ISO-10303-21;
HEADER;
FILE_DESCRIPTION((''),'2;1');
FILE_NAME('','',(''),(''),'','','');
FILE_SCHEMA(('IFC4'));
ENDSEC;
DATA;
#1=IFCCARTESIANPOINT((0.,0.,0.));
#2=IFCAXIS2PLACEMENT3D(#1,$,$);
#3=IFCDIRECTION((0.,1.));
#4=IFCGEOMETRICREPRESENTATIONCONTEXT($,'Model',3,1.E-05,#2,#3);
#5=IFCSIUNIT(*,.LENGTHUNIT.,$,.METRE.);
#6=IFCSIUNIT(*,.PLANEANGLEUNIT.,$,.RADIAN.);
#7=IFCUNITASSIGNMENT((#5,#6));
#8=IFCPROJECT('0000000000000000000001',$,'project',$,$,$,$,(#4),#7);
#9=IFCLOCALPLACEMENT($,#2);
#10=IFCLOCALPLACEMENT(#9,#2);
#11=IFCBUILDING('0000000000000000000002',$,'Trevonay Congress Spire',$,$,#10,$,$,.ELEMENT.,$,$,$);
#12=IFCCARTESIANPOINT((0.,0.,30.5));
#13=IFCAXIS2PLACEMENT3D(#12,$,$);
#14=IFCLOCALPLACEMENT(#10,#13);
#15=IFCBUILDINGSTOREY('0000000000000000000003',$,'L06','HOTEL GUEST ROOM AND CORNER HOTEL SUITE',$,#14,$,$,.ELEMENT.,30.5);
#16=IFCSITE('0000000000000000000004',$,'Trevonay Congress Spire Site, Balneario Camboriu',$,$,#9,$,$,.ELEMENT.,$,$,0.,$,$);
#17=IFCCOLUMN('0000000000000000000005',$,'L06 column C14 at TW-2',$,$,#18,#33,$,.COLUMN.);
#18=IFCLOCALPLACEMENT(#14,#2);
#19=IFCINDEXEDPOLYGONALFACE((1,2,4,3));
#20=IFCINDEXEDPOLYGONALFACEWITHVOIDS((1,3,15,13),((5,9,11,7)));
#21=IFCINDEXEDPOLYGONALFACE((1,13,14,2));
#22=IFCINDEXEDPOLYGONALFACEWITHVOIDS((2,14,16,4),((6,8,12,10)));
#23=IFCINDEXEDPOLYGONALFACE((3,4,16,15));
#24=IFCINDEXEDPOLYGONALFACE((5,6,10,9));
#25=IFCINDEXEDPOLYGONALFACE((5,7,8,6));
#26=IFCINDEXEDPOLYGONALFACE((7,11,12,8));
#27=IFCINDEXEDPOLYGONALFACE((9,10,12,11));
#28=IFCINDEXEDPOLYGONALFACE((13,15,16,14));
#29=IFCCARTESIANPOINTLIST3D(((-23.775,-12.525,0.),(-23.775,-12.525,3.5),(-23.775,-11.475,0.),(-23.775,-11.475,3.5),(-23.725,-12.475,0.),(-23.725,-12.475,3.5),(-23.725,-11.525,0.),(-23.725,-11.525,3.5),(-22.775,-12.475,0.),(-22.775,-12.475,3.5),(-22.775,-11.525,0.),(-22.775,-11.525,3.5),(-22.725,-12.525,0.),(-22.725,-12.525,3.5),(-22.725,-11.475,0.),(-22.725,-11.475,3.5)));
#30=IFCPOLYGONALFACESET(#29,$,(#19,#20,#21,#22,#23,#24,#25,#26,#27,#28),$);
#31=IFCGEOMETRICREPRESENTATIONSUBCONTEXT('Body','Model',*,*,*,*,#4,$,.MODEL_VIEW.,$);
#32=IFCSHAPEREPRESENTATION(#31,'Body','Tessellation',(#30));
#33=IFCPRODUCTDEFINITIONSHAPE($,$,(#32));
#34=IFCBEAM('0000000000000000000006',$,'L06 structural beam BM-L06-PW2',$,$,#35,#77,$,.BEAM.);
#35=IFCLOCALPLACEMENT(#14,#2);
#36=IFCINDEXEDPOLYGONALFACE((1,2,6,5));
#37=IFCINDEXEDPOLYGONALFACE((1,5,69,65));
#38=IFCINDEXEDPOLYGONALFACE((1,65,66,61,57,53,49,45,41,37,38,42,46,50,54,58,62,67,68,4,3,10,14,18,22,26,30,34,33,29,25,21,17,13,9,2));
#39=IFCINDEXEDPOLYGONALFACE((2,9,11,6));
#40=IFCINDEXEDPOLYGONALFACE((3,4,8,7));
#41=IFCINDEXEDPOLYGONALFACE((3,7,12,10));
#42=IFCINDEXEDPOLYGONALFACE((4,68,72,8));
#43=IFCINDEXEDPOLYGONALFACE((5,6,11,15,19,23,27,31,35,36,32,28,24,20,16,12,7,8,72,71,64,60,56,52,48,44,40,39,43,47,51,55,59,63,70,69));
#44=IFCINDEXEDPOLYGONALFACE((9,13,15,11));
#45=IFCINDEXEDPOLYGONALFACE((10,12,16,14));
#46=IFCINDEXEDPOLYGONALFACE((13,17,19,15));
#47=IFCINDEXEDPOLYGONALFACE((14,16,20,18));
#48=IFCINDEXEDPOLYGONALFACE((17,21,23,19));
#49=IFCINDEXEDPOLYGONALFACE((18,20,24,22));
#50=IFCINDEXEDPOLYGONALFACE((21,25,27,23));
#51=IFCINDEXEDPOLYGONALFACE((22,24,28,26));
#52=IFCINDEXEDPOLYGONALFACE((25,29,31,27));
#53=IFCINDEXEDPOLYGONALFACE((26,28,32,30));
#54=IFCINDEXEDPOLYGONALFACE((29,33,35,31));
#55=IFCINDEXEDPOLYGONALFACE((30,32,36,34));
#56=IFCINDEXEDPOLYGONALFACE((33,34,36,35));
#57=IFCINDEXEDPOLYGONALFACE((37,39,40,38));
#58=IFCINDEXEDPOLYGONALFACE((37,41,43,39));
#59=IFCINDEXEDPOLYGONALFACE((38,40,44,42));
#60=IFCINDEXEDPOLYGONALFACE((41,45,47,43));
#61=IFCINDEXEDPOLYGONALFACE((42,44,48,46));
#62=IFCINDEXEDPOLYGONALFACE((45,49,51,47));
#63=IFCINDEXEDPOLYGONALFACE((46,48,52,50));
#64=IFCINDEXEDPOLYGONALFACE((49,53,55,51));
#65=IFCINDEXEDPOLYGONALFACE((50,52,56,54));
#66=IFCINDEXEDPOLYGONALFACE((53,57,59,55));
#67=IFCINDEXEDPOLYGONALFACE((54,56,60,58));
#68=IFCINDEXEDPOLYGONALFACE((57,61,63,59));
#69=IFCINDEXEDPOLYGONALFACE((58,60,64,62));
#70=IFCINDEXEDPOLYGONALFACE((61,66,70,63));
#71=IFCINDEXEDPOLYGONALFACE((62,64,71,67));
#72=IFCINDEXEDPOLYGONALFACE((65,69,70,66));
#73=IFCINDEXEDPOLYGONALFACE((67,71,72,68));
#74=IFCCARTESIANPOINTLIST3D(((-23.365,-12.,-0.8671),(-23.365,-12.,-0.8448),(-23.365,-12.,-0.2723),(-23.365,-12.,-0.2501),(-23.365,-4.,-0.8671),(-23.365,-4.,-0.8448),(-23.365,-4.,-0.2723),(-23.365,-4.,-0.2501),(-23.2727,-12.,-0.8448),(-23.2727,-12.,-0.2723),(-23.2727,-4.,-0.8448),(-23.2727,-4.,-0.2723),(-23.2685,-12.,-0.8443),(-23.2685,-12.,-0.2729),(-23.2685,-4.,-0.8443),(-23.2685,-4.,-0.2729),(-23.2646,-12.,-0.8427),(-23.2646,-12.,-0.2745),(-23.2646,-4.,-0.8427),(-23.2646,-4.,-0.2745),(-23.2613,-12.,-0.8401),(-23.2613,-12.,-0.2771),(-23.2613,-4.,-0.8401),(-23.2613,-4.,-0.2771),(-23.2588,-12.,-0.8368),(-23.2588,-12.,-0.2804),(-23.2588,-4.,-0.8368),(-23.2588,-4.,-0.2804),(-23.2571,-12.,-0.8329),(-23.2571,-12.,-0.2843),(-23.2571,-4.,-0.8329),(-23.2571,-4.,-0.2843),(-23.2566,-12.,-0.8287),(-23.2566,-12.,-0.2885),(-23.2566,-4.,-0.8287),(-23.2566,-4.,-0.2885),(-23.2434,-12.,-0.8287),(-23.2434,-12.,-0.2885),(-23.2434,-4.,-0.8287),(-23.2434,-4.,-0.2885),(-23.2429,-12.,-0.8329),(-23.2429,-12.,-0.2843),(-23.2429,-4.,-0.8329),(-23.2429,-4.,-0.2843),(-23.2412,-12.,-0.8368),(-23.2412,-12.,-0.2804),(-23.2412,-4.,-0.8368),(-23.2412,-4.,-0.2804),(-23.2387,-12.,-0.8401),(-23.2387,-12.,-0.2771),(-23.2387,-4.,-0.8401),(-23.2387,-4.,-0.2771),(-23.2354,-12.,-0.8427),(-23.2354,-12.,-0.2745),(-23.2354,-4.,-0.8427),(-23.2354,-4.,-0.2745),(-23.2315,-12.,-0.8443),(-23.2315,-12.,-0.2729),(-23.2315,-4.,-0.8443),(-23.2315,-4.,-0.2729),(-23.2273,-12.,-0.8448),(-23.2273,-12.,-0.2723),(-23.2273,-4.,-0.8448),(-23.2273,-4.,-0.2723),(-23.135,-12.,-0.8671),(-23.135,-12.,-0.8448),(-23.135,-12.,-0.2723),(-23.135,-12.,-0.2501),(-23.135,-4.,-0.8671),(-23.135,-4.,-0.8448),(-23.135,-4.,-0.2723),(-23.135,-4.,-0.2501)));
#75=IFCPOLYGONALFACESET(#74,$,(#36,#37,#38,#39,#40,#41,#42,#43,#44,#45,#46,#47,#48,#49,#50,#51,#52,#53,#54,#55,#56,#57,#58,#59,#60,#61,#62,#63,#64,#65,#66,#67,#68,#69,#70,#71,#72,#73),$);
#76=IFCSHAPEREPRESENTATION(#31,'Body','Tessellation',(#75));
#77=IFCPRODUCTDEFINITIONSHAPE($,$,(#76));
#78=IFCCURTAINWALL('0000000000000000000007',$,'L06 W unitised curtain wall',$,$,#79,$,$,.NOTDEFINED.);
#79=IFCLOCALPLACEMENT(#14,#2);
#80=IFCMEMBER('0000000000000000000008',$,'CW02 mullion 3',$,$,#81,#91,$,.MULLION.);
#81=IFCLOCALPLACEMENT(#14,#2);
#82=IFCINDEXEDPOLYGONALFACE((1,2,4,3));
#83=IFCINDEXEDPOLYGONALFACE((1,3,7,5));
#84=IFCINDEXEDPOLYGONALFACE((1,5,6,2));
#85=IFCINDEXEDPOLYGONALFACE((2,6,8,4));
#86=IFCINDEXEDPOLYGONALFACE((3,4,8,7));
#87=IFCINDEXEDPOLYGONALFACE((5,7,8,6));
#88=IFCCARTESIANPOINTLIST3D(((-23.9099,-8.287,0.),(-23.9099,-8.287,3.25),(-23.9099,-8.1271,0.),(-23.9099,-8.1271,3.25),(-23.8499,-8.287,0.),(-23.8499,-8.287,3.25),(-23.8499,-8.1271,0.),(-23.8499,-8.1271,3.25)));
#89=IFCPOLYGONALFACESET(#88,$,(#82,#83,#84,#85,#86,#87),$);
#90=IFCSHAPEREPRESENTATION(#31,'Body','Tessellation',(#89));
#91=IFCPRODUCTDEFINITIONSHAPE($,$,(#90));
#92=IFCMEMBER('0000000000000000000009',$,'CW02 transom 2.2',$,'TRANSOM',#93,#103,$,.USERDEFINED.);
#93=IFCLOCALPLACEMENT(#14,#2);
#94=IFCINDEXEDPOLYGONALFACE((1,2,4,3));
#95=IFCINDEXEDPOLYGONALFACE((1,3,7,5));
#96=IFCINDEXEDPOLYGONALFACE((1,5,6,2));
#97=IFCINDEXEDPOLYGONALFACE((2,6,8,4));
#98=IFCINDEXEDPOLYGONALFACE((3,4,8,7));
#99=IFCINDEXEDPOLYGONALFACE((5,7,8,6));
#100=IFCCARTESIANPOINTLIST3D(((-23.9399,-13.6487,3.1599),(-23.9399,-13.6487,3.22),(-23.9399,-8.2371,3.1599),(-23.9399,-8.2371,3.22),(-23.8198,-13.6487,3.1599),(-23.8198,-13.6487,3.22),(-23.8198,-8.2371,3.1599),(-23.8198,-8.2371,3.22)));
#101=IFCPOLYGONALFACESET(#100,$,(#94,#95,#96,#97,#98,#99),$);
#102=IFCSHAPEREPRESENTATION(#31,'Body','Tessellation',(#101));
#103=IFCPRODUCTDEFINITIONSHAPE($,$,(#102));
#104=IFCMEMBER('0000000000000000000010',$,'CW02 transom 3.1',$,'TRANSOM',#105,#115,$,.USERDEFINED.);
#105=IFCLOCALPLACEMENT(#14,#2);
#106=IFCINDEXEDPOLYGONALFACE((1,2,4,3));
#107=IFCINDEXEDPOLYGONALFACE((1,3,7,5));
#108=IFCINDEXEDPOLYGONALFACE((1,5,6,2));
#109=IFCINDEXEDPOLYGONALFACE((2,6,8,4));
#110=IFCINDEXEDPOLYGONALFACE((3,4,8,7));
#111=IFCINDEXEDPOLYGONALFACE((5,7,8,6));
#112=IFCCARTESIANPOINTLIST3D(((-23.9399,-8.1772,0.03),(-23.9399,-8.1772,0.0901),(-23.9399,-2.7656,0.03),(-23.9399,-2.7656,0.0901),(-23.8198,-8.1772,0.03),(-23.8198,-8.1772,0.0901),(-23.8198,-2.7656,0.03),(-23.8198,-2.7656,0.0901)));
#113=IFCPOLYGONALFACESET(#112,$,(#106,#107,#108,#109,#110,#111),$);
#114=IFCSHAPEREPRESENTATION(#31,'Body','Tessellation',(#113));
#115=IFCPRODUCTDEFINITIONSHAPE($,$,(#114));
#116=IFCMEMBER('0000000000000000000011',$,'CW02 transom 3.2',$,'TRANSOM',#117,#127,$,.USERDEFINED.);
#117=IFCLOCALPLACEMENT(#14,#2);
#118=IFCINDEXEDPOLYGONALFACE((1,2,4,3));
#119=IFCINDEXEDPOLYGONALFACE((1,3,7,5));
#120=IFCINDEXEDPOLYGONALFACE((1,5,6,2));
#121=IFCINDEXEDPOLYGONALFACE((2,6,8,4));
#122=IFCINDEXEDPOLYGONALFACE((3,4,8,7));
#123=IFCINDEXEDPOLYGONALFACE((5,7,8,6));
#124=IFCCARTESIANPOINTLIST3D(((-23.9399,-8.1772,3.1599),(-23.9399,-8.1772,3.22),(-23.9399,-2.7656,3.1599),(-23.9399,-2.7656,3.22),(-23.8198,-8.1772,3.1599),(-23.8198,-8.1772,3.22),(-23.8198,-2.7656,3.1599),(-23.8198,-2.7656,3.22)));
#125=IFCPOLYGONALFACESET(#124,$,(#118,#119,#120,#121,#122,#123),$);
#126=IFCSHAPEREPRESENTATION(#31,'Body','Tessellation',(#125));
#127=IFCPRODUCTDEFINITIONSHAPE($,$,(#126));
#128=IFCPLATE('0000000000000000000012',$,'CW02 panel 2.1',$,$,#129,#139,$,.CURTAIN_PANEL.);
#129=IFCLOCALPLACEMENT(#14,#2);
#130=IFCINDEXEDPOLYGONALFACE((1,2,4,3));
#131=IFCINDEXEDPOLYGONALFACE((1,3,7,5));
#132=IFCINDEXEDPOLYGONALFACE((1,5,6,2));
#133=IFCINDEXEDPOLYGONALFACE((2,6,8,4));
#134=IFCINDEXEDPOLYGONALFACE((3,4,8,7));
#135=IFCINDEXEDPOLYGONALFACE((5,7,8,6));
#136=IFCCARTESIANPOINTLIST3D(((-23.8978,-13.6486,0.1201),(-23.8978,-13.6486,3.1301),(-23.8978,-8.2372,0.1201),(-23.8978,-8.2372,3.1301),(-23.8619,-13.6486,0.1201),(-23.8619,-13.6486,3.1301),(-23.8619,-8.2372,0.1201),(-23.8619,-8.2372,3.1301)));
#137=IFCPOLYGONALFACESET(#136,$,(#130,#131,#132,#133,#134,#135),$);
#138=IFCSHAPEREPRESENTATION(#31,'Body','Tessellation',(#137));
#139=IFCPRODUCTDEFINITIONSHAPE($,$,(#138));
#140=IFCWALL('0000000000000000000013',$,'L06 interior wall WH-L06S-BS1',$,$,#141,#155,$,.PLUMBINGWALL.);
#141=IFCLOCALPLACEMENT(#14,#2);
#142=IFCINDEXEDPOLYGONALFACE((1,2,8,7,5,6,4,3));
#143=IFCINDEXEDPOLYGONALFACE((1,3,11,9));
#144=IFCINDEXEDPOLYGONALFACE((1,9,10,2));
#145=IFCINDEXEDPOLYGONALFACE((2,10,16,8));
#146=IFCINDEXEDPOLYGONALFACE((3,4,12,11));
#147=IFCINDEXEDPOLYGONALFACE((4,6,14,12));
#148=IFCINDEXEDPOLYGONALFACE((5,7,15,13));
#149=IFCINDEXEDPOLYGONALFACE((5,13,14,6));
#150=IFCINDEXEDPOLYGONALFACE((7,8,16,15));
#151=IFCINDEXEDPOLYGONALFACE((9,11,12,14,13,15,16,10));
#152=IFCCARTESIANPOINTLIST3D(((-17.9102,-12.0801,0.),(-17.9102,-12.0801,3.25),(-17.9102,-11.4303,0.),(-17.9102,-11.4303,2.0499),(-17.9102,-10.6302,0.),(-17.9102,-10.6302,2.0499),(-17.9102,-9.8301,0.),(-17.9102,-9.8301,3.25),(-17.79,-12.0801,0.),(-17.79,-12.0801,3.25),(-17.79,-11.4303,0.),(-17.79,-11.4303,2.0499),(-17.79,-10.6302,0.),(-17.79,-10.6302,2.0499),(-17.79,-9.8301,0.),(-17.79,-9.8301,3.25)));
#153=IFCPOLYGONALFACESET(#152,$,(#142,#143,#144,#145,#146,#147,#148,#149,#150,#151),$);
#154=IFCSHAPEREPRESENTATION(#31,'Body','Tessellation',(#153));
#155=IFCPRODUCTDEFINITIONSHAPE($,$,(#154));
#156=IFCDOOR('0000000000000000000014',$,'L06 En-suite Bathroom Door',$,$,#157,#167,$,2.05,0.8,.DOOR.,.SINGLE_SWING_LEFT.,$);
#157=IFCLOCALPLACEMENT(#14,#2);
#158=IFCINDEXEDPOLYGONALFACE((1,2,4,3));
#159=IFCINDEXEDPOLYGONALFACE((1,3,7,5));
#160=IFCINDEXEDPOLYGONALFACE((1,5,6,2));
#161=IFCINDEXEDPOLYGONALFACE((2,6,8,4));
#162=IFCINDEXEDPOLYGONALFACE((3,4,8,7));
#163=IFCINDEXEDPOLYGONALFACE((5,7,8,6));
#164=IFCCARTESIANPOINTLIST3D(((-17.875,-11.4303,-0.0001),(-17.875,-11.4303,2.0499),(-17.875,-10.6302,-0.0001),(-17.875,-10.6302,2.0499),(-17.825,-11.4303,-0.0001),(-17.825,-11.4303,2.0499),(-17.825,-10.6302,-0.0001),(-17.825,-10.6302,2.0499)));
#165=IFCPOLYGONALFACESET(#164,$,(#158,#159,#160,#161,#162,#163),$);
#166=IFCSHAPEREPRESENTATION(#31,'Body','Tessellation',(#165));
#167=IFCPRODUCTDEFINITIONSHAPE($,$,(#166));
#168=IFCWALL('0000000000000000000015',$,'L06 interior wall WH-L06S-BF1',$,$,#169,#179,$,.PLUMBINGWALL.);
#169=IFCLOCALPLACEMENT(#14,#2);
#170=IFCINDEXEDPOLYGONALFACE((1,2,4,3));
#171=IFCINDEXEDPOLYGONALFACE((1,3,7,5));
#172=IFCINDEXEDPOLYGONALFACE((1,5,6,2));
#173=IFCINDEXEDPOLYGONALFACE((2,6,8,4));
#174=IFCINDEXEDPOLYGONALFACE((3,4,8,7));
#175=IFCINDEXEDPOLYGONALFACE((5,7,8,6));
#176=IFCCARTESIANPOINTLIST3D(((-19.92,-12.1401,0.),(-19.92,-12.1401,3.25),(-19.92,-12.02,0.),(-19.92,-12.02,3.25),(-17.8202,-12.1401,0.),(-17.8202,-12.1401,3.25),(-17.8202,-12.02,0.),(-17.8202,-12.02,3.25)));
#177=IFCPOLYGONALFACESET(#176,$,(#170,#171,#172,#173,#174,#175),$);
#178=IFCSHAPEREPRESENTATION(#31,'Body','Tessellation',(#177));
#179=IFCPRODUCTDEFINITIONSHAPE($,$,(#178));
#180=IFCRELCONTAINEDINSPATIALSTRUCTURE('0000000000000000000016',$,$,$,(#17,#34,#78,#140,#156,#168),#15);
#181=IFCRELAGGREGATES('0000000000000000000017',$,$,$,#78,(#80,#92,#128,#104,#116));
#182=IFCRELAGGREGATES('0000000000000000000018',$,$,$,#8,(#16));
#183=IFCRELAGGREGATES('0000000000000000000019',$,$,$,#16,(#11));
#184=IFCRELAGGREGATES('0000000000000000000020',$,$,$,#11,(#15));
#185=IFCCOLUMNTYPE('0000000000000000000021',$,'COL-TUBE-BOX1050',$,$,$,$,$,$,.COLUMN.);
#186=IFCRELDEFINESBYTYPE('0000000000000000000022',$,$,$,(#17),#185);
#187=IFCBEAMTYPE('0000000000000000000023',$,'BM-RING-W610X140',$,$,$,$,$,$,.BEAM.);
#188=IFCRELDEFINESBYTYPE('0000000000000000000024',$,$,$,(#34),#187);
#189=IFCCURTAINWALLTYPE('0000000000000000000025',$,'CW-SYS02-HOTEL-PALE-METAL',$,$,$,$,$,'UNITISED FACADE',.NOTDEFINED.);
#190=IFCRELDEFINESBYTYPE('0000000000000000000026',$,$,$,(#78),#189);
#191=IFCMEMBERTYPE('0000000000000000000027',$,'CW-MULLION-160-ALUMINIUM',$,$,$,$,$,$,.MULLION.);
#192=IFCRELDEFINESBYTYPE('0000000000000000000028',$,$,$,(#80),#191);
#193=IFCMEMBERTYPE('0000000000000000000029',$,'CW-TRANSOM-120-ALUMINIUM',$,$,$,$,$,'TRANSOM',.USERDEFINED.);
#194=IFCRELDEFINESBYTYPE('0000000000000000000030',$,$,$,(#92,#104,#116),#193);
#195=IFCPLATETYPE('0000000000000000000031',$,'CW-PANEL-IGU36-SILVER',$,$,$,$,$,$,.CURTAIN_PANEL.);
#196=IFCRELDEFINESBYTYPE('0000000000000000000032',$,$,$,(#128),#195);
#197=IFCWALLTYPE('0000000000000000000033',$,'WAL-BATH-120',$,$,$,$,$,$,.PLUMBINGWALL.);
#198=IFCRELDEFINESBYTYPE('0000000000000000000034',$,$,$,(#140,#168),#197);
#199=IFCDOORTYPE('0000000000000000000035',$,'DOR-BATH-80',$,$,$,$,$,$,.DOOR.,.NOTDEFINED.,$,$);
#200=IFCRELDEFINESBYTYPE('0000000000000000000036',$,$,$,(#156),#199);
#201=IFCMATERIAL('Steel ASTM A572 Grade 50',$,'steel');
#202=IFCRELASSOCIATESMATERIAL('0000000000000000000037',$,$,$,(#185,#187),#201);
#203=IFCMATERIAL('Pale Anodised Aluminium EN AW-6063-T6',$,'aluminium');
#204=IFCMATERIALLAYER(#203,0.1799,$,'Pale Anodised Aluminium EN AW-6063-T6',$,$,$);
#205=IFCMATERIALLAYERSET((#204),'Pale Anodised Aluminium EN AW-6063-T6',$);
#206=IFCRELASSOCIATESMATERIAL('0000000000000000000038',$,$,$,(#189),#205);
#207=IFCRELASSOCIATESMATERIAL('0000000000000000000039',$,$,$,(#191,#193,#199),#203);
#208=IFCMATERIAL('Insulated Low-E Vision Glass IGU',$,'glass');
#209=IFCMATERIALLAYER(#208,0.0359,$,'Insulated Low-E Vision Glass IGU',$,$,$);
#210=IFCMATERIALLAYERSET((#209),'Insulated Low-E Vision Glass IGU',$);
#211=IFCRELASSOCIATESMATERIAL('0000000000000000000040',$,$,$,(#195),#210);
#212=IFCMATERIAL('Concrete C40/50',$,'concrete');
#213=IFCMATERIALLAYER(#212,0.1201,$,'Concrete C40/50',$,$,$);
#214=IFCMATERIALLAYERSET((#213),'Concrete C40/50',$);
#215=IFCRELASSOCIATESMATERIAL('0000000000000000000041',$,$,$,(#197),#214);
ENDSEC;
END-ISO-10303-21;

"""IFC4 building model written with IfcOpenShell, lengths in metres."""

from ifc_helpers import new_model, si_unit, direction, frame, frame_2d, origin, origin_2d, place, context, subcontext, project, spatial, rectangle, hollow_rectangle, i_section, extrude, material, layer, layer_set, material_profile, profile_set, type_object, element, fill, aggregate, save


model = new_model("IFC4")

# Units and contexts
model_context = context("Model", 3, precision=1e-05, world=origin(), true_north=direction((0.0, 1.0)))
body_context = subcontext(model_context, "Body", "Model", "MODEL_VIEW")
ifc_project = project(units=[si_unit("LENGTHUNIT", "METRE"), si_unit("PLANEANGLEUNIT", "RADIAN")], contexts=[model_context])

# Site, building, storey
site_placement = place(None, origin())
site = spatial("IfcSite", under=ifc_project, at=site_placement, Name="Trevonay Congress Spire Site, Balneario Camboriu", CompositionType="ELEMENT", RefElevation=0.0)
building_placement = place(site_placement, origin())
building = spatial("IfcBuilding", under=site, at=building_placement, Name="Trevonay Congress Spire", CompositionType="ELEMENT")
storey_placement = place(building_placement, frame((0.0, 0.0, 30.5)))
storey = spatial("IfcBuildingStorey", under=building, at=storey_placement, Name="L06", Description="HOTEL GUEST ROOM AND CORNER HOTEL SUITE", CompositionType="ELEMENT", Elevation=30.5)

# Column
ifc_material_1 = material(Name="Steel ASTM A572 Grade 50", Category="steel")
ifc_material_profile_1 = material_profile(ifc_material_1, hollow_rectangle(XDim=1.05, YDim=1.05, WallThickness=0.05, at=origin_2d()), Name="BOX 1050x1050x50")
ifc_profile_set_1 = profile_set([ifc_material_profile_1], Name="Steel ASTM A572 Grade 50")
column_type = type_object("IfcColumnType", Name="COL-TUBE-BOX1050", PredefinedType="COLUMN", material=ifc_profile_set_1)
column_placement = place(storey_placement, frame((-23.25, -12.0, 0.0), z_axis=(0.0, 0.0, 1.0), x_axis=(1.0, 0.0, 0.0)))
element("IfcColumn", 1, at=column_placement, inside=storey, type_object=column_type, Name="L06 column C14 at TW-2", PredefinedType="COLUMN", context=body_context, shape_type="SweptSolid", body=[
    extrude(hollow_rectangle(XDim=1.05, YDim=1.05, WallThickness=0.05, at=origin_2d()), origin(), (0.0, 0.0, 1.0), 3.5),
])

# Beam
ifc_material_profile_2 = material_profile(ifc_material_1, i_section(OverallWidth=0.23, OverallDepth=0.6169, WebThickness=0.0132, FlangeThickness=0.0222, FilletRadius=0.0161, at=origin_2d()), Name="W610x140")
ifc_profile_set_2 = profile_set([ifc_material_profile_2], Name="Steel ASTM A572 Grade 50")
beam_type = type_object("IfcBeamType", Name="BM-RING-W610X140", PredefinedType="BEAM", material=ifc_profile_set_2)
beam_placement = place(storey_placement, frame((-23.25, -12.0, -0.5586), z_axis=(0.0, 1.0, 0.0), x_axis=(-1.0, 0.0, 0.0)))
element("IfcBeam", 2, at=beam_placement, inside=storey, type_object=beam_type, Name="L06 structural beam BM-L06-PW2", PredefinedType="BEAM", context=body_context, shape_type="SweptSolid", body=[
    extrude(i_section(OverallWidth=0.23, OverallDepth=0.6169, WebThickness=0.0132, FlangeThickness=0.0222, FilletRadius=0.0161, at=origin_2d()), origin(), (0.0, 0.0, 1.0), 8.0),
])

# Curtain wall, members, plate
ifc_material_2 = material(Name="Pale Anodised Aluminium EN AW-6063-T6", Category="aluminium")
ifc_layer_1 = layer(ifc_material_2, 0.1799, Name="Pale Anodised Aluminium EN AW-6063-T6")
ifc_layer_set_1 = layer_set([ifc_layer_1], Name="Pale Anodised Aluminium EN AW-6063-T6")
curtain_wall_type = type_object("IfcCurtainWallType", Name="CW-SYS02-HOTEL-PALE-METAL", ElementType="UNITISED FACADE", PredefinedType="NOTDEFINED", material=ifc_layer_set_1)
curtain_wall_placement = place(storey_placement, origin())
curtain_wall = element("IfcCurtainWall", 3, at=curtain_wall_placement, inside=storey, type_object=curtain_wall_type, Name="L06 W unitised curtain wall", PredefinedType="NOTDEFINED")
ifc_material_profile_3 = material_profile(ifc_material_2, rectangle(XDim=0.0601, YDim=0.1599, at=origin_2d()), Name="CW-MULLION-160-ALUMINIUM")
ifc_profile_set_3 = profile_set([ifc_material_profile_3], Name="Pale Anodised Aluminium EN AW-6063-T6")
member_type_1 = type_object("IfcMemberType", Name="CW-MULLION-160-ALUMINIUM", PredefinedType="MULLION", material=ifc_profile_set_3)
member_1_placement = place(storey_placement, frame((-23.8799, -8.207, 0.0), z_axis=(0.0, 0.0, 1.0), x_axis=(-1.0, 0.0, 0.0)))
member_1 = element("IfcMember", 4, at=member_1_placement, type_object=member_type_1, Name="CW02 mullion 3", PredefinedType="MULLION", context=body_context, shape_type="SweptSolid", body=[
    extrude(rectangle(XDim=0.0601, YDim=0.1599, at=origin_2d()), origin(), (0.0, 0.0, 1.0), 3.25),
])
ifc_material_profile_4 = material_profile(ifc_material_2, rectangle(XDim=0.1201, YDim=0.0601, at=origin_2d()), Name="CW-TRANSOM-120-ALUMINIUM")
ifc_profile_set_4 = profile_set([ifc_material_profile_4], Name="Pale Anodised Aluminium EN AW-6063-T6")
member_type_2 = type_object("IfcMemberType", Name="CW-TRANSOM-120-ALUMINIUM", ElementType="TRANSOM", PredefinedType="USERDEFINED", material=ifc_profile_set_4)
member_2_placement = place(storey_placement, frame((-23.8799, -13.6487, 3.1899), z_axis=(0.0, 1.0, 0.0), x_axis=(-1.0, 0.0, 0.0)))
member_2 = element("IfcMember", 5, at=member_2_placement, type_object=member_type_2, Name="CW02 transom 2.2", ObjectType="TRANSOM", PredefinedType="USERDEFINED", context=body_context, shape_type="SweptSolid", body=[
    extrude(rectangle(XDim=0.1201, YDim=0.0601, at=origin_2d()), origin(), (0.0, 0.0, 1.0), 5.4116),
])
member_3_placement = place(storey_placement, frame((-23.8799, -8.1772, 0.0601), z_axis=(0.0, 1.0, 0.0), x_axis=(-1.0, 0.0, 0.0)))
member_3 = element("IfcMember", 6, at=member_3_placement, type_object=member_type_2, Name="CW02 transom 3.1", ObjectType="TRANSOM", PredefinedType="USERDEFINED", context=body_context, shape_type="SweptSolid", body=[
    extrude(rectangle(XDim=0.1201, YDim=0.0601, at=origin_2d()), origin(), (0.0, 0.0, 1.0), 5.4116),
])
member_4_placement = place(storey_placement, frame((-23.8799, -8.1772, 3.1899), z_axis=(0.0, 1.0, 0.0), x_axis=(-1.0, 0.0, 0.0)))
member_4 = element("IfcMember", 7, at=member_4_placement, type_object=member_type_2, Name="CW02 transom 3.2", ObjectType="TRANSOM", PredefinedType="USERDEFINED", context=body_context, shape_type="SweptSolid", body=[
    extrude(rectangle(XDim=0.1201, YDim=0.0601, at=origin_2d()), origin(), (0.0, 0.0, 1.0), 5.4116),
])
ifc_material_3 = material(Name="Insulated Low-E Vision Glass IGU", Category="glass")
ifc_layer_2 = layer(ifc_material_3, 0.0359, Name="Insulated Low-E Vision Glass IGU")
ifc_layer_set_2 = layer_set([ifc_layer_2], Name="Insulated Low-E Vision Glass IGU")
plate_type = type_object("IfcPlateType", Name="CW-PANEL-IGU36-SILVER", PredefinedType="CURTAIN_PANEL", material=ifc_layer_set_2)
plate_placement = place(storey_placement, frame((-23.8799, -10.9429, 0.1201), z_axis=(0.0, 0.0, 1.0), x_axis=(0.0, 1.0, 0.0)))
plate = element("IfcPlate", 8, at=plate_placement, type_object=plate_type, Name="CW02 panel 2.1", PredefinedType="CURTAIN_PANEL", context=body_context, shape_type="SweptSolid", body=[
    extrude(rectangle(XDim=5.4114, YDim=0.0359, at=origin_2d()), origin(), (0.0, 0.0, 1.0), 3.01),
])
aggregate(curtain_wall, [member_1, member_2, plate, member_3, member_4])

# Wall, opening, door
ifc_material_4 = material(Name="Concrete C40/50", Category="concrete")
ifc_layer_3 = layer(ifc_material_4, 0.1201, Name="Concrete C40/50")
ifc_layer_set_3 = layer_set([ifc_layer_3], Name="Concrete C40/50")
wall_type_1 = type_object("IfcWallType", Name="WAL-BATH-120", PredefinedType="PLUMBINGWALL", material=ifc_layer_set_3)
wall_1_placement = place(storey_placement, frame((-17.8501, -12.0801, 0.0), z_axis=(0.0, 0.0, 1.0), x_axis=(0.0, 1.0, 0.0)))
wall_1 = element("IfcWall", 9, at=wall_1_placement, inside=storey, type_object=wall_type_1, Name="L06 interior wall WH-L06S-BS1", PredefinedType="PLUMBINGWALL", context=body_context, shape_type="SweptSolid", body=[
    extrude(rectangle(XDim=2.25, YDim=0.1201, at=frame_2d((1.125, 0.0))), origin(), (0.0, 0.0, 1.0), 3.25),
])
opening_1_placement = place(wall_1_placement, frame((0.6499, 0.0, 0.0)))
opening_1 = element("IfcOpeningElement", 10, at=opening_1_placement, cuts=wall_1, PredefinedType="OPENING", context=body_context, shape_type="SweptSolid", body=[
    extrude(rectangle(XDim=0.8, YDim=2.05, at=frame_2d((0.3999, 1.0249))), frame((0.0, 0.0701, 0.0), z_axis=(0.0, -1.0, 0.0), x_axis=(1.0, 0.0, 0.0)), (0.0, 0.0, 1.0), 0.1401),
])
door_type_1 = type_object("IfcDoorType", Name="DOR-BATH-80", OperationType="NOTDEFINED", PredefinedType="DOOR", material=ifc_material_2)
door_1_placement = place(opening_1_placement, origin())
door_1 = element("IfcDoor", 11, at=door_1_placement, inside=storey, type_object=door_type_1, Name="L06 En-suite Bathroom Door", OperationType="SINGLE_SWING_LEFT", OverallHeight=2.05, OverallWidth=0.8, PredefinedType="DOOR", context=body_context, shape_type="SweptSolid", body=[
    extrude(rectangle(XDim=0.8, YDim=2.05, at=frame_2d((0.3999, 1.0249))), frame((0.0, 0.0249, 0.0), z_axis=(0.0, -1.0, 0.0), x_axis=(1.0, 0.0, 0.0)), (0.0, 0.0, 1.0), 0.05),
])
fill(opening_1, door_1)

# Wall
for number, where, z_axis, x_axis, name in (
    (12, (-19.9199, -12.0801, 0.0), (0.0, 0.0, 1.0), (1.0, 0.0, 0.0), "L06 interior wall WH-L06S-BF1"),
):
    element("IfcWall", number, at=place(storey_placement, frame(where, z_axis=z_axis, x_axis=x_axis)), inside=storey, type_object=wall_type_1, Name=name, PredefinedType="PLUMBINGWALL", context=body_context, shape_type="SweptSolid", body=[
        extrude(rectangle(XDim=2.0999, YDim=0.1201, at=frame_2d((1.0498, 0.0))), origin(), (0.0, 0.0, 1.0), 3.25),
    ])

save(model, "model.ifc")
